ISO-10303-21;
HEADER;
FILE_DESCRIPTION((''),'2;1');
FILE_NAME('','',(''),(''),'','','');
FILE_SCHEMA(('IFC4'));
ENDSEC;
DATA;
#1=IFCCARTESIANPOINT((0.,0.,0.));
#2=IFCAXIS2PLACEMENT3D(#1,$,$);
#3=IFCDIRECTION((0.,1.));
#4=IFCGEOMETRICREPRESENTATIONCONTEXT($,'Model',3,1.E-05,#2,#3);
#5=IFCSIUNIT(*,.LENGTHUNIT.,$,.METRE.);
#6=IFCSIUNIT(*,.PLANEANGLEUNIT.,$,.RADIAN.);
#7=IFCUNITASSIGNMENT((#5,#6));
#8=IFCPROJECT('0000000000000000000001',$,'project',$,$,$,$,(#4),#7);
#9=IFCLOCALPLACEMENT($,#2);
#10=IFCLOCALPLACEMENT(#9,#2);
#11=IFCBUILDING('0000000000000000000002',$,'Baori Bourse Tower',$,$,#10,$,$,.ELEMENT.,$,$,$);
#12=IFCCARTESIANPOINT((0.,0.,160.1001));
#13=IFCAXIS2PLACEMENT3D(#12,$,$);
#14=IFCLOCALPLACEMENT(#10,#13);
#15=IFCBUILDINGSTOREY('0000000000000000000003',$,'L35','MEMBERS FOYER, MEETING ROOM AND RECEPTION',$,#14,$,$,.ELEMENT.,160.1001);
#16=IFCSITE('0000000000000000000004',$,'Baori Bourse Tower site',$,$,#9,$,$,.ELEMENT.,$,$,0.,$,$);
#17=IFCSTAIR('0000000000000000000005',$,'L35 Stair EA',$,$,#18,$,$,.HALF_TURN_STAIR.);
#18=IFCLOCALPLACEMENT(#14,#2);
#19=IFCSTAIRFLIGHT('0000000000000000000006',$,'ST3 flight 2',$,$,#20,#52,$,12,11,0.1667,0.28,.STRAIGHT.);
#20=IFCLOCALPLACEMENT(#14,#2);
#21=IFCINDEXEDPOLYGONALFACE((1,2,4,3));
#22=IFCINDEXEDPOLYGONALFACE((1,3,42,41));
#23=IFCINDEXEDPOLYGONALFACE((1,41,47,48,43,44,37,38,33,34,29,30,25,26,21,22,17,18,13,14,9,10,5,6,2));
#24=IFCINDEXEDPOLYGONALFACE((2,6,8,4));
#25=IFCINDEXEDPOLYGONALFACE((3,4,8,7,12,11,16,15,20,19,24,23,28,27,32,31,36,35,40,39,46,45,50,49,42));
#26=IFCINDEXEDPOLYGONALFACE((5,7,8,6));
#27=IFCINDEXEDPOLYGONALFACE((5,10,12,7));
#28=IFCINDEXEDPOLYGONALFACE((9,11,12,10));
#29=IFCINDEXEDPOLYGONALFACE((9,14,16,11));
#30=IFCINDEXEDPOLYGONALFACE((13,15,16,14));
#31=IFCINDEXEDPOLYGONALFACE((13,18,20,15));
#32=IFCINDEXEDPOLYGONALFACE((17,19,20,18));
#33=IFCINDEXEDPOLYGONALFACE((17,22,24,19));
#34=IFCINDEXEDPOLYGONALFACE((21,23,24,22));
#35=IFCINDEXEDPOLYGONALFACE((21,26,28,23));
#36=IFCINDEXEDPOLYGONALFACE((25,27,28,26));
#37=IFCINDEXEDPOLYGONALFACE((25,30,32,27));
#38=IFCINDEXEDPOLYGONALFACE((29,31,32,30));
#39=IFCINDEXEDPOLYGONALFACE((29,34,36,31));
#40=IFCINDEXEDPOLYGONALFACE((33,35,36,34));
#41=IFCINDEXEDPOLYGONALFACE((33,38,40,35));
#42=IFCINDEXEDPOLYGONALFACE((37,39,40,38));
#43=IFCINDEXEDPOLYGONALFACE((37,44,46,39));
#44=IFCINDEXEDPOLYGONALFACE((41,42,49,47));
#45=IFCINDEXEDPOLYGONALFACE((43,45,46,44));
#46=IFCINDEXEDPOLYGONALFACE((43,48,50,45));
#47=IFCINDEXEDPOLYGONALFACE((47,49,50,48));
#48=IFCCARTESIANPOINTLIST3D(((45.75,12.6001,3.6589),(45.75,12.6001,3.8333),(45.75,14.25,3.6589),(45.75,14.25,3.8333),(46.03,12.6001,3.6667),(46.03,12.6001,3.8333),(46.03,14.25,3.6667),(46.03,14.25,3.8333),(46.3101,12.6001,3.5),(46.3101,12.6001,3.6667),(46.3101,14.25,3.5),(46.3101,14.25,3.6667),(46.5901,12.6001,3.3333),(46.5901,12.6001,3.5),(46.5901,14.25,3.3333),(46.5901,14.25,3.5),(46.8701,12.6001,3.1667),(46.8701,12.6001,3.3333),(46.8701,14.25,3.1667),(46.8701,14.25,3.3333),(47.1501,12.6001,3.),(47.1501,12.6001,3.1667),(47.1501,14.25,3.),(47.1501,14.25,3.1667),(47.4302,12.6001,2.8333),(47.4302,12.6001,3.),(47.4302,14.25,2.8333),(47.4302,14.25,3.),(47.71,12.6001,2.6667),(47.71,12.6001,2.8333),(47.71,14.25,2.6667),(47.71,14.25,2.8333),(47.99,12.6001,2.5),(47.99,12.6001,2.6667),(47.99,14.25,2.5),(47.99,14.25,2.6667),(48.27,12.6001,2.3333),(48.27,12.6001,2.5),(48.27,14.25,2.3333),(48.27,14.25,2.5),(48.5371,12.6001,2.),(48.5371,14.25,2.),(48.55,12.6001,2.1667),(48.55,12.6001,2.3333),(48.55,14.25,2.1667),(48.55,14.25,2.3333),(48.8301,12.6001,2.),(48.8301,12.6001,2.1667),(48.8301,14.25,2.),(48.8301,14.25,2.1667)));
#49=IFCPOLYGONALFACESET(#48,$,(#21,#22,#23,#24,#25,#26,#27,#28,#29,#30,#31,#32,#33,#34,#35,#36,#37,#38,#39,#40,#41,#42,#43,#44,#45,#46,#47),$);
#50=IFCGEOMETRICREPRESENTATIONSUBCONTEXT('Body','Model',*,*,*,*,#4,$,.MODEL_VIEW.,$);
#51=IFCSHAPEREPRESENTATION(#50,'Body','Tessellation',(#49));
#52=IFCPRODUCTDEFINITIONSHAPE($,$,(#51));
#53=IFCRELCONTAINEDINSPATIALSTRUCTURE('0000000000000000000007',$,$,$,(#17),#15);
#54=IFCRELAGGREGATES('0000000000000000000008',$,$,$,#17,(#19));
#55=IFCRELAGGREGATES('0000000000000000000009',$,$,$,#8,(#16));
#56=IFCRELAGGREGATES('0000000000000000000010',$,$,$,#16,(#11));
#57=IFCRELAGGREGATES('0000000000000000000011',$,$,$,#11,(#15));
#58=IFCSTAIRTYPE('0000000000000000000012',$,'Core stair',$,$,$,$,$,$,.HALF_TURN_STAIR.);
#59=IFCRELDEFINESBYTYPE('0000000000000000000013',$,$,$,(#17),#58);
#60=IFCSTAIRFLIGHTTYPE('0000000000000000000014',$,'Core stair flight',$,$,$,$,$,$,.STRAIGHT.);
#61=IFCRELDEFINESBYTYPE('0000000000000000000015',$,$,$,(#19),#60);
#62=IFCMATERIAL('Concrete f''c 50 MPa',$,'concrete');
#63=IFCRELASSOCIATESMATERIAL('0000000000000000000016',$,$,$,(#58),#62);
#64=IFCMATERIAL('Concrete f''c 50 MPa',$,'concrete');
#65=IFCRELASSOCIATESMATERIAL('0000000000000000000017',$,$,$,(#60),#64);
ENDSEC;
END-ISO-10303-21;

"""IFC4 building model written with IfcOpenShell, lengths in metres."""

from ifc_helpers import new_model, si_unit, direction, frame, origin, place, context, subcontext, project, spatial, polyline, outline, extrude, material, type_object, element, aggregate, save


model = new_model("IFC4")

# Units and contexts
model_context = context("Model", 3, precision=1e-05, world=origin(), true_north=direction((0.0, 1.0)))
body_context = subcontext(model_context, "Body", "Model", "MODEL_VIEW")
ifc_project = project(units=[si_unit("LENGTHUNIT", "METRE"), si_unit("PLANEANGLEUNIT", "RADIAN")], contexts=[model_context])

# Site, building, storey
site_placement = place(None, origin())
site = spatial("IfcSite", under=ifc_project, at=site_placement, Name="Baori Bourse Tower site", CompositionType="ELEMENT", RefElevation=0.0)
building_placement = place(site_placement, origin())
building = spatial("IfcBuilding", under=site, at=building_placement, Name="Baori Bourse Tower", CompositionType="ELEMENT")
storey_placement = place(building_placement, frame((0.0, 0.0, 160.1001)))
storey = spatial("IfcBuildingStorey", under=building, at=storey_placement, Name="L35", Description="MEMBERS FOYER, MEETING ROOM AND RECEPTION", CompositionType="ELEMENT", Elevation=160.1001)

# Stair, stair flight
ifc_material_1 = material(Name="Concrete f'c 50 MPa", Category="concrete")
stair_type = type_object("IfcStairType", Name="Core stair", PredefinedType="HALF_TURN_STAIR", material=ifc_material_1)
stair_placement = place(storey_placement, origin())
stair = element("IfcStair", 1, at=stair_placement, inside=storey, type_object=stair_type, Name="L35 Stair EA", PredefinedType="HALF_TURN_STAIR")
ifc_material_2 = material(Name="Concrete f'c 50 MPa", Category="concrete")
stair_flight_type = type_object("IfcStairFlightType", Name="Core stair flight", PredefinedType="STRAIGHT", material=ifc_material_2)
stair_flight_1_placement = place(storey_placement, frame((48.8301, 13.425, 2.0), z_axis=(0.0, 0.0, 1.0), x_axis=(-1.0, 0.0, 0.0)))
stair_flight_1 = element("IfcStairFlight", 2, at=stair_flight_1_placement, type_object=stair_flight_type, Name="ST3 flight 2", NumberOfRisers=12, NumberOfTreads=11, PredefinedType="STRAIGHT", RiserHeight=0.1667, TreadLength=0.28, context=body_context, shape_type="SweptSolid", body=[
    extrude(outline(polyline([(0.0, 0.0), (0.0, 0.1667), (0.28, 0.1667), (0.28, 0.3333), (0.5601, 0.3333), (0.5601, 0.5), (0.8401, 0.5), (0.8401, 0.6667), (1.1201, 0.6667), (1.1201, 0.8333), (1.3999, 0.8333), (1.3999, 1.0), (1.6799, 1.0), (1.6799, 1.1667), (1.96, 1.1667), (1.96, 1.3333), (2.24, 1.3333), (2.24, 1.5), (2.52, 1.5), (2.52, 1.6667), (2.8, 1.6667), (2.8, 1.8333), (3.0801, 1.8333), (3.0801, 2.0), (3.0801, 1.6589), (0.293, 0.0), (0.0, 0.0)])), frame((0.0, 0.825, 0.0), z_axis=(0.0, -1.0, 0.0), x_axis=(1.0, 0.0, 0.0)), (0.0, 0.0, 1.0), 1.6499),
])
aggregate(stair, [stair_flight_1])

save(model, "model.ifc")
